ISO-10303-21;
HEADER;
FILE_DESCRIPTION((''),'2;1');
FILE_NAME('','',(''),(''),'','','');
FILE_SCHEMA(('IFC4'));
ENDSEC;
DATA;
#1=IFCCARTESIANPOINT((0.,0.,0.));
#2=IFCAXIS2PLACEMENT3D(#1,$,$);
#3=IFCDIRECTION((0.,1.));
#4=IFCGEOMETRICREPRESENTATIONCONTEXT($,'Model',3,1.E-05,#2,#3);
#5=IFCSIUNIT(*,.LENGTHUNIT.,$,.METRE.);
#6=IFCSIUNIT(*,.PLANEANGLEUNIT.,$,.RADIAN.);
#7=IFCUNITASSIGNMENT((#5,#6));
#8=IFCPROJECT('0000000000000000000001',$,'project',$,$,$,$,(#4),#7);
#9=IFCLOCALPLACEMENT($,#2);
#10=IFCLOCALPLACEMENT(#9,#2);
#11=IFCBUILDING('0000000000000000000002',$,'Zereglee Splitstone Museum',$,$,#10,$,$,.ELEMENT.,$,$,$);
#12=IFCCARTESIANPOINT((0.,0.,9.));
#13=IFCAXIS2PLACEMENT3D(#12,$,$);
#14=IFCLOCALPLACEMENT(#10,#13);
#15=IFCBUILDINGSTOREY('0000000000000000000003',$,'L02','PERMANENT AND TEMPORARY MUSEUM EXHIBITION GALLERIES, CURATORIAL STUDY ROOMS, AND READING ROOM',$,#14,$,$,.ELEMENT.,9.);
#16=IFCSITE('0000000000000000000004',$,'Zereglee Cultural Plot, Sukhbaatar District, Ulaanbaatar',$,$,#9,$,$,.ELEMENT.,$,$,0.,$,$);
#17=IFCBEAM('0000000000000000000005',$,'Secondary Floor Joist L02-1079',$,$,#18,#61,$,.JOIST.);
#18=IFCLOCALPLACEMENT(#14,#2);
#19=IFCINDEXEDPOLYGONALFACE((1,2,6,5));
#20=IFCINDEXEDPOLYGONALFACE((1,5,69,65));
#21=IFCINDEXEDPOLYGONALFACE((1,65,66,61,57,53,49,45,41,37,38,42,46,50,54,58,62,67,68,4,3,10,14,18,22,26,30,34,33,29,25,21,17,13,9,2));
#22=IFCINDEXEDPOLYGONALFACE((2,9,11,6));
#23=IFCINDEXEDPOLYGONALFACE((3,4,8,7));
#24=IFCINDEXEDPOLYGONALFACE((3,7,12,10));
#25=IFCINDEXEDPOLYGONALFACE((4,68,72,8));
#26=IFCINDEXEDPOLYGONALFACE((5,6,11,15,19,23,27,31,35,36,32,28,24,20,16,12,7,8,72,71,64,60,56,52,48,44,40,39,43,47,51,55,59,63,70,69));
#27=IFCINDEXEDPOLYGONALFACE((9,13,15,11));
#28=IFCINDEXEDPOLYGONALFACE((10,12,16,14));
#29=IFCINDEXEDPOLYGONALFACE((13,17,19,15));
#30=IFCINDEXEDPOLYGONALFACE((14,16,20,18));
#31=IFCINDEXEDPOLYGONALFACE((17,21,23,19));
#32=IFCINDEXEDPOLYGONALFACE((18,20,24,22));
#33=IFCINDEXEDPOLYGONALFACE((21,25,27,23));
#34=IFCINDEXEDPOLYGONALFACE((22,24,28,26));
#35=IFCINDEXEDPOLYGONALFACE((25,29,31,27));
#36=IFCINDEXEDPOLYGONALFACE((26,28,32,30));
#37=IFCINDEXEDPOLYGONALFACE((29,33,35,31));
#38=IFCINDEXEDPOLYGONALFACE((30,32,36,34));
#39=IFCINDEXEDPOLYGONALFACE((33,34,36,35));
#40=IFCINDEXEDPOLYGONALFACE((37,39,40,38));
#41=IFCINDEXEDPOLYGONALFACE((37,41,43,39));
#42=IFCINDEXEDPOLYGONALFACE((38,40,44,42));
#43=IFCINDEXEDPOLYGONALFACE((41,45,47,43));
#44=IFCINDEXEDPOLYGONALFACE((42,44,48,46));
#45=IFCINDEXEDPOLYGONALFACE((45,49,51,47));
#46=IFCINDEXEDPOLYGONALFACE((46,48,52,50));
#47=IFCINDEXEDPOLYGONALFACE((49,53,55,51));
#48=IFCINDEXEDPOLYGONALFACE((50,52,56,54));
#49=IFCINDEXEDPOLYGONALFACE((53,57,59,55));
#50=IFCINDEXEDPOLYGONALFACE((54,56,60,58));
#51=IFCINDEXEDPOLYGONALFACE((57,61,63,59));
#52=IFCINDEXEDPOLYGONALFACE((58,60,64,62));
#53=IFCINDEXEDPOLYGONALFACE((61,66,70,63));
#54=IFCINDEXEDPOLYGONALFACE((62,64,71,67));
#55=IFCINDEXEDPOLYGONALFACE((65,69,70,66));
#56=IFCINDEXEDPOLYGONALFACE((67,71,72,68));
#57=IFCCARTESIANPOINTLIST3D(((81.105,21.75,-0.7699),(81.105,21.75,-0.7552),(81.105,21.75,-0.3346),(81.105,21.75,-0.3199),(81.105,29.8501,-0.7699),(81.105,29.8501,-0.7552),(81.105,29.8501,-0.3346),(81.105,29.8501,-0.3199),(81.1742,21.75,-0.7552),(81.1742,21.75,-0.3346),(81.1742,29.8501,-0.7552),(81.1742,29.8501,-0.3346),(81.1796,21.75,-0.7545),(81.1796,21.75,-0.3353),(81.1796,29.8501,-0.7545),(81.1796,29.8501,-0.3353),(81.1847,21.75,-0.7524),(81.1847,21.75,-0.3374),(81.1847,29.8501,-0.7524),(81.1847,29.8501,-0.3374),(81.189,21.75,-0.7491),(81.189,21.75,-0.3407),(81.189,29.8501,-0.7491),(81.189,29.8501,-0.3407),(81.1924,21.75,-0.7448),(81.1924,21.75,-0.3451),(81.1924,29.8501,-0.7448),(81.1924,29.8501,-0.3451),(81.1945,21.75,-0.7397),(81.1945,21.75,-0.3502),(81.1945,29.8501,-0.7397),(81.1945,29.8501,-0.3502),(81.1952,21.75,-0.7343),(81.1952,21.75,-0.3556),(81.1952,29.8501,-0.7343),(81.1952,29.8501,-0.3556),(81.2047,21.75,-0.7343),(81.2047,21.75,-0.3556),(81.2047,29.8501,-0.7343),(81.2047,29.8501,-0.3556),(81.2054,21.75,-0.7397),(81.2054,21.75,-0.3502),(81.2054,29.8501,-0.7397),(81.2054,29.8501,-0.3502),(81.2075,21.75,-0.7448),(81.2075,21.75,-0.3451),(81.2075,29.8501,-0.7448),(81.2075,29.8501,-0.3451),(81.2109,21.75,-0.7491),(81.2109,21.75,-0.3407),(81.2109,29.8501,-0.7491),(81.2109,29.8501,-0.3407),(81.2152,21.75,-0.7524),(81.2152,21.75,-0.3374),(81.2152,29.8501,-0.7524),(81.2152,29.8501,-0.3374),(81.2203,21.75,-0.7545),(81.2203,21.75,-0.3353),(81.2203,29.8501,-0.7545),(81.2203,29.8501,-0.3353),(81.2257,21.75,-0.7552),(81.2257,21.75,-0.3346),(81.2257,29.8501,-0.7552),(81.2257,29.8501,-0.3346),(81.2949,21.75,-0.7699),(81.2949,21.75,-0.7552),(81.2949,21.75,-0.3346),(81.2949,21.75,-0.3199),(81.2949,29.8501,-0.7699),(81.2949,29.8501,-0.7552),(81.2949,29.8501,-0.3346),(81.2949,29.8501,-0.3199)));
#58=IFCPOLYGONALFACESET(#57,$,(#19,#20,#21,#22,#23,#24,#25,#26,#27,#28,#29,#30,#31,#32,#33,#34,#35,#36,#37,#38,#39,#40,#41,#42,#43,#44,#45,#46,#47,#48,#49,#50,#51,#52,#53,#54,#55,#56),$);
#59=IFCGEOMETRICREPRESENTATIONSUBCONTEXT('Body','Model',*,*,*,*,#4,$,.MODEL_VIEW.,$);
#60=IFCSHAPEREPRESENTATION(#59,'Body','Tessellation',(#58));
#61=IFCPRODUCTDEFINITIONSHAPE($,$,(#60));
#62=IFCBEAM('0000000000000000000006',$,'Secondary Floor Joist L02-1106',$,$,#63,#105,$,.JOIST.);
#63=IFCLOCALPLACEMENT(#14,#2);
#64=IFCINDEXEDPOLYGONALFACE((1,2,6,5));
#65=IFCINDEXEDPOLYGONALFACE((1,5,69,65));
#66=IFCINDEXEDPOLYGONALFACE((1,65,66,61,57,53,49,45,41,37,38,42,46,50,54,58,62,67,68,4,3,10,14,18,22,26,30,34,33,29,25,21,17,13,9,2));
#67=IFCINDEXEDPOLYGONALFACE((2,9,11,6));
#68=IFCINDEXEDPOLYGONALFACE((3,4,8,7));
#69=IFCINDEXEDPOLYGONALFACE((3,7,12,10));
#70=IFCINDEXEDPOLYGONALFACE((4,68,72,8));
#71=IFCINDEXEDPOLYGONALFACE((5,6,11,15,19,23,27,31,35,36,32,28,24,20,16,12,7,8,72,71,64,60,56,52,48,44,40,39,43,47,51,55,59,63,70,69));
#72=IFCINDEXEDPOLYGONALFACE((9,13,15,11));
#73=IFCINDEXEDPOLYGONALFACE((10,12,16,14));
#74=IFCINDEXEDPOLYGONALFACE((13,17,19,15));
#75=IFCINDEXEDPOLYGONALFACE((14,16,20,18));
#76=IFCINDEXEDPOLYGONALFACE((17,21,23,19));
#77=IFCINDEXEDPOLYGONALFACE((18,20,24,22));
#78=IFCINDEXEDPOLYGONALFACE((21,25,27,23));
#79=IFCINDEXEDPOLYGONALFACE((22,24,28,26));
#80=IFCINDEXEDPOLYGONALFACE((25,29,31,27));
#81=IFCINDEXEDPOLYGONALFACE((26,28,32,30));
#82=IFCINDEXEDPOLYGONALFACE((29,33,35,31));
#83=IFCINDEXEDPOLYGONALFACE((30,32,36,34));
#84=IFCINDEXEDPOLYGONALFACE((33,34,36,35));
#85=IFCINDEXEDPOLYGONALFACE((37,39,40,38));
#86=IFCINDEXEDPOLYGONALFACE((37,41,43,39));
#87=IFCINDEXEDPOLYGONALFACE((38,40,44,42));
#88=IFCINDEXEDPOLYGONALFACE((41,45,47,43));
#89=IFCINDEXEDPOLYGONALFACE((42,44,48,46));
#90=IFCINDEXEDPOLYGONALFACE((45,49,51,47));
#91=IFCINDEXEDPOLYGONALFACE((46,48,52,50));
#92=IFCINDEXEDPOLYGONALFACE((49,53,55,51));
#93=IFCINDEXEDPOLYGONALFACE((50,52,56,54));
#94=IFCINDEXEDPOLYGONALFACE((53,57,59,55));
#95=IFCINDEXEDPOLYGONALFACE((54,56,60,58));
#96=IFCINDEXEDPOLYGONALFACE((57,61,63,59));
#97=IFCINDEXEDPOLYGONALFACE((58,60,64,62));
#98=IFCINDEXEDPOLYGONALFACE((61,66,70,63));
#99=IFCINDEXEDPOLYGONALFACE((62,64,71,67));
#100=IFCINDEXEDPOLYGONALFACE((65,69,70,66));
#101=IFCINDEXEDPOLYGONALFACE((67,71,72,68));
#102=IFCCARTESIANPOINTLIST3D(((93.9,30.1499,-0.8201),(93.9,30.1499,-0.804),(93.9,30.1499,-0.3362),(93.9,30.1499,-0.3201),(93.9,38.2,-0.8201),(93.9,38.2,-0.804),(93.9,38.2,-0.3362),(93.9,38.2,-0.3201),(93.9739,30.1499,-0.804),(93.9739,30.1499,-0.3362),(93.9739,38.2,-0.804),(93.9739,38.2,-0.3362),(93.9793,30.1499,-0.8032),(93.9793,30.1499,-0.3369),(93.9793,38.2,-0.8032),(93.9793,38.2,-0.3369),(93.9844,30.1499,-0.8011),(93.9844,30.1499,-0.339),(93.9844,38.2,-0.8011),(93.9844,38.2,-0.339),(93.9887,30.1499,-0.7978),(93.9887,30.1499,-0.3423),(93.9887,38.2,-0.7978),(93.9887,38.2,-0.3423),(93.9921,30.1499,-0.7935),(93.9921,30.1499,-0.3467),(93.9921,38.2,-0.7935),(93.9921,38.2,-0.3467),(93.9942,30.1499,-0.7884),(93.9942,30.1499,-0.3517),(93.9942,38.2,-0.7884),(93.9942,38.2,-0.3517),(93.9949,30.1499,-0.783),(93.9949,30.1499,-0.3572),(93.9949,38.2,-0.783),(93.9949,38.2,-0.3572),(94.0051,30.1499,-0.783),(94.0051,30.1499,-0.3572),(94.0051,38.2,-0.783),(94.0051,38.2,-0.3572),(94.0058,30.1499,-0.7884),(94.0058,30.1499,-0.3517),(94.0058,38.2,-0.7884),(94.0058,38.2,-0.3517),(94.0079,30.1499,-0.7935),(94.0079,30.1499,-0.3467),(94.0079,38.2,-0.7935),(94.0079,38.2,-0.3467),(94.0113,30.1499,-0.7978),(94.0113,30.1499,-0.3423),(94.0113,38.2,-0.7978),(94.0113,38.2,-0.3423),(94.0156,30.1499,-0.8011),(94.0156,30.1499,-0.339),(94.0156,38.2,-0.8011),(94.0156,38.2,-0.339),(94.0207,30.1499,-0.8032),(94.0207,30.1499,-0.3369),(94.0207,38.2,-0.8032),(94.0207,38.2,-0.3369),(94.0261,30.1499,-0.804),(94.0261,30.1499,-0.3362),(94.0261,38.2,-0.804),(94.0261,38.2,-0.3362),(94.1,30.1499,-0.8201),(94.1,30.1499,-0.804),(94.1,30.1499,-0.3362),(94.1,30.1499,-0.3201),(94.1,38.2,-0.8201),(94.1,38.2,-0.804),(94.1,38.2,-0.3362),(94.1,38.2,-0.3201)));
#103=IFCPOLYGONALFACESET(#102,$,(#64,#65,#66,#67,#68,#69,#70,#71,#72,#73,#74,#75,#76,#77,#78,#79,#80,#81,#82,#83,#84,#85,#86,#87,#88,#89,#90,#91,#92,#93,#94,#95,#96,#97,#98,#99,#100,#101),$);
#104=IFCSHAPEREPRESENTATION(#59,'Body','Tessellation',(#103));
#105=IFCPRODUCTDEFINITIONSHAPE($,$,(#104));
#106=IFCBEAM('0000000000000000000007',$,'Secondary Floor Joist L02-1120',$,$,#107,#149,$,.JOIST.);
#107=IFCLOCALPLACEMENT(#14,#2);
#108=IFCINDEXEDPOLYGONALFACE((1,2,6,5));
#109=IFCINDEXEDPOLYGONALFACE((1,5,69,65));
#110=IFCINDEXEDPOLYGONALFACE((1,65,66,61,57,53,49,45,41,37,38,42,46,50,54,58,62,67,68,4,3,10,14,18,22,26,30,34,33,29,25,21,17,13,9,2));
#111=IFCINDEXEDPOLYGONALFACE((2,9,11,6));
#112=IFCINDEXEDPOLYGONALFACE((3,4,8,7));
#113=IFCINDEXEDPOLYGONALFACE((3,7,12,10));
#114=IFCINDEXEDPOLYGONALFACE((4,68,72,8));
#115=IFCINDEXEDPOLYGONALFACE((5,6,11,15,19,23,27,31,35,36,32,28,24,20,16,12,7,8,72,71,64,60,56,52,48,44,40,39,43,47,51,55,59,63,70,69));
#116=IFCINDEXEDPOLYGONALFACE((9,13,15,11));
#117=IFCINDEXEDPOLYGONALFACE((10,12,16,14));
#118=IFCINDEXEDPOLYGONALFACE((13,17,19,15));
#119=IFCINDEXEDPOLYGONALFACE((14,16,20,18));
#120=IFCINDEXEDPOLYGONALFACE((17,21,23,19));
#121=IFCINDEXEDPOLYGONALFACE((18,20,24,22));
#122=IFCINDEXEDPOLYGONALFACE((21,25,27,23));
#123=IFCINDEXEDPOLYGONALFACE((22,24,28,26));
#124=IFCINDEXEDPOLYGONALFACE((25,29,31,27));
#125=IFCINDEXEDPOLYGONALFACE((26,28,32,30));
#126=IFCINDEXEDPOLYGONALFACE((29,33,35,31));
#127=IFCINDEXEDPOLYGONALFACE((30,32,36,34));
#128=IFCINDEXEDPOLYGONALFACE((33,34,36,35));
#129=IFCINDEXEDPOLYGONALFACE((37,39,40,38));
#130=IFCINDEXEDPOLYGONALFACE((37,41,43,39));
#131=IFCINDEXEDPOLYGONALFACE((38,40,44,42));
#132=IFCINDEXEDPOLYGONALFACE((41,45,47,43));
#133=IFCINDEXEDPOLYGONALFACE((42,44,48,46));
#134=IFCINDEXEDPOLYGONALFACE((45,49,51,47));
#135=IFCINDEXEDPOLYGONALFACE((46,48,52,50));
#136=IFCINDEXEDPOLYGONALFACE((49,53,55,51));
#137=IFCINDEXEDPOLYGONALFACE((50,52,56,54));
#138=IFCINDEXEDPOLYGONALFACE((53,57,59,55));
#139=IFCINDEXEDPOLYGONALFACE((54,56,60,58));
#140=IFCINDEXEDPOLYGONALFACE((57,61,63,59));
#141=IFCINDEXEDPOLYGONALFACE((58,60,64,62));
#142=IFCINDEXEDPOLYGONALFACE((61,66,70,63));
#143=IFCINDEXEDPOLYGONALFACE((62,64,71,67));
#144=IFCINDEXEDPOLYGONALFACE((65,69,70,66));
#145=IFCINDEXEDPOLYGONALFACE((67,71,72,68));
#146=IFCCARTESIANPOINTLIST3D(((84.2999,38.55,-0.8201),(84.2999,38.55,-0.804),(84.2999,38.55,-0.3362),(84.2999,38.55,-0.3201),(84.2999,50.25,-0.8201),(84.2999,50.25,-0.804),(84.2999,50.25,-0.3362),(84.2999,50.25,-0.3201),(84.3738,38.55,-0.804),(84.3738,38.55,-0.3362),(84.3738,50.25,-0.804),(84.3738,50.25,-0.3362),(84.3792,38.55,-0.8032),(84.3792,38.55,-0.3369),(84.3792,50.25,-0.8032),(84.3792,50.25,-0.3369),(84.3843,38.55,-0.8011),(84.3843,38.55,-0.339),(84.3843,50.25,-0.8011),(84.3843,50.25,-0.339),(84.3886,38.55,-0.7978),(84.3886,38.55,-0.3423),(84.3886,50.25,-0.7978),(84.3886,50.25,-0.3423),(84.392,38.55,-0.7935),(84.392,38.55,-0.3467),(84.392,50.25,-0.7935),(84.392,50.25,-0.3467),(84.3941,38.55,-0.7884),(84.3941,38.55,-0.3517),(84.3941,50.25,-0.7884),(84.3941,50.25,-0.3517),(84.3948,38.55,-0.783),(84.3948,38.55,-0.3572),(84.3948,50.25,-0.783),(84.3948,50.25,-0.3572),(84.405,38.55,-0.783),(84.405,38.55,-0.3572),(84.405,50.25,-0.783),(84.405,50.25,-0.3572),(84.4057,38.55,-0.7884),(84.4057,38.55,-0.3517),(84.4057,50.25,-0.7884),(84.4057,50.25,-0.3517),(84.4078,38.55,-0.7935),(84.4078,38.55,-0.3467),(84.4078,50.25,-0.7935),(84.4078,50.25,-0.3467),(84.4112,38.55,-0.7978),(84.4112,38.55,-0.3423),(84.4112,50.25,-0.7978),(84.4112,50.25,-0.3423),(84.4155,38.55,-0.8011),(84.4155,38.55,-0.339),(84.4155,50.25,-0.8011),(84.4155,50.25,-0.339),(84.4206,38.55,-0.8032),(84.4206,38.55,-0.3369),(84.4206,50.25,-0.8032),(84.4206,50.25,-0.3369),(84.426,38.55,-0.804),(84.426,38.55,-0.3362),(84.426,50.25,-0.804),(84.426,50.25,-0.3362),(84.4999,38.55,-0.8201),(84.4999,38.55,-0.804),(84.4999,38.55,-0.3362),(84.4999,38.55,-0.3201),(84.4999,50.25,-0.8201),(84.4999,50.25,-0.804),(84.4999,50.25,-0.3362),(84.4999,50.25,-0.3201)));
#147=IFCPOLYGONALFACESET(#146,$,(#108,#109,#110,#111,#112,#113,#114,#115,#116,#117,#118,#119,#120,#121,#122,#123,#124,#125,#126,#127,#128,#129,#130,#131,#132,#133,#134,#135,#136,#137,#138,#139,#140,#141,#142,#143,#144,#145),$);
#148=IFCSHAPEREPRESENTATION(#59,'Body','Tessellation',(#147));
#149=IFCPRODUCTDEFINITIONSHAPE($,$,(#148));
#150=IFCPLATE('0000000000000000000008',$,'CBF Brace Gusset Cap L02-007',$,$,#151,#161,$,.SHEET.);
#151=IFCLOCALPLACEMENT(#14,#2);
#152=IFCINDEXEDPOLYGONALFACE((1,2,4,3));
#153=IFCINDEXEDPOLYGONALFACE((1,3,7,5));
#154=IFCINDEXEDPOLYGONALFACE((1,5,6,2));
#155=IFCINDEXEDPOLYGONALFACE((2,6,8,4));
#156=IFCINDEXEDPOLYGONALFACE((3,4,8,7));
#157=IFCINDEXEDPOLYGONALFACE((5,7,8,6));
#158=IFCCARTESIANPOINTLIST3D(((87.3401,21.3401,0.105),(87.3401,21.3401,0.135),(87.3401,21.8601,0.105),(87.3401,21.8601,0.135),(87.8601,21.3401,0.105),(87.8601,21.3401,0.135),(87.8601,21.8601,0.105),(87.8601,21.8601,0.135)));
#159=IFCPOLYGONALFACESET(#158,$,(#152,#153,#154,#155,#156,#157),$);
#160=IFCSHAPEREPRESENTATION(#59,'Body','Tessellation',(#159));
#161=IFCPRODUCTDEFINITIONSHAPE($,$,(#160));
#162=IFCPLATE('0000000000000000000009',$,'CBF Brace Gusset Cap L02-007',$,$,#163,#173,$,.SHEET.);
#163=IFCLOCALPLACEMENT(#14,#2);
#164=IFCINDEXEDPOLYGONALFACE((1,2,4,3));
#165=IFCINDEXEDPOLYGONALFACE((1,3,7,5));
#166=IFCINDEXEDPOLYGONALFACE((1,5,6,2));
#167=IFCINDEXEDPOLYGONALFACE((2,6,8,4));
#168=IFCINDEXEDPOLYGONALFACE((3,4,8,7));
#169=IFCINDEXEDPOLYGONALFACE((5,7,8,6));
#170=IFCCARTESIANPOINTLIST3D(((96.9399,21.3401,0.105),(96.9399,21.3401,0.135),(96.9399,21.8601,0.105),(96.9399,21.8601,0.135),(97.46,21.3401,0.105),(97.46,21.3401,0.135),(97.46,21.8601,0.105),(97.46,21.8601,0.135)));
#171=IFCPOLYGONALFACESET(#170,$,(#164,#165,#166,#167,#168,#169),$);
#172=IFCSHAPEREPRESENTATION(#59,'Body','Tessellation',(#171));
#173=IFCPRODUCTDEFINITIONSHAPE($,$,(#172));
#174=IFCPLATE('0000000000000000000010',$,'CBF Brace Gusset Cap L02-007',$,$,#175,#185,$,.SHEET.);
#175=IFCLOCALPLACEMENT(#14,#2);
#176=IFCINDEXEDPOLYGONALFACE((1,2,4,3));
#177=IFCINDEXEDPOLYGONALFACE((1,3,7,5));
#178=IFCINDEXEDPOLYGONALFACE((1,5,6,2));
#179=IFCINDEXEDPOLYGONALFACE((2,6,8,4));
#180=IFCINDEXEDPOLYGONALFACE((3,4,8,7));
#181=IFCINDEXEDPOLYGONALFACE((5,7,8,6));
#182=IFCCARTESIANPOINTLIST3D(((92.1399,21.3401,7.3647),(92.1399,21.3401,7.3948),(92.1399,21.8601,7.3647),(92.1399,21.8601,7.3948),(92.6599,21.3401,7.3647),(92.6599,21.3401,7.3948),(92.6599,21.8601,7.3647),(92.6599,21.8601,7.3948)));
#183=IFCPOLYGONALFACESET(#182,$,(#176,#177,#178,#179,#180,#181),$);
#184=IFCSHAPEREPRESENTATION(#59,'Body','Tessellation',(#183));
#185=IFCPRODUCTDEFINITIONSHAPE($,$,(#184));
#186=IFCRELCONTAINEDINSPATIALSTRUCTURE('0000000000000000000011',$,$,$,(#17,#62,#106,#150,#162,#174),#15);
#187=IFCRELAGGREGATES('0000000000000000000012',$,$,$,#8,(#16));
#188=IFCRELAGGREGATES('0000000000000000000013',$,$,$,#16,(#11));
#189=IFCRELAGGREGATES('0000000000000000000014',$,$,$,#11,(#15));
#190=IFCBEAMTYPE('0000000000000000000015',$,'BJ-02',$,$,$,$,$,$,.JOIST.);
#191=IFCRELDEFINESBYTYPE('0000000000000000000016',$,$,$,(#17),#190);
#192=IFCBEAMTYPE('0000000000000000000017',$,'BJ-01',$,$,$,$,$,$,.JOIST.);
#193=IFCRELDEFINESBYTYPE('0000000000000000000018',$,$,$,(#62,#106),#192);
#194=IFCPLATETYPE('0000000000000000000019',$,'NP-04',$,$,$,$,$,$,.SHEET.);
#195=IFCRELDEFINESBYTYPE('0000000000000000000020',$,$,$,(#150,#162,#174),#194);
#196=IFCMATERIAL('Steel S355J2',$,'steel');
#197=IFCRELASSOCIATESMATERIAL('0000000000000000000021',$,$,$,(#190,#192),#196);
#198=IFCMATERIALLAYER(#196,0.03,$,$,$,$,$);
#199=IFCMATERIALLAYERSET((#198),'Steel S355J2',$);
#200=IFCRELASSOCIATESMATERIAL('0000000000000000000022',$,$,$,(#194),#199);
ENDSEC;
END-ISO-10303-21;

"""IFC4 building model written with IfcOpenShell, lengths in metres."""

from ifc_helpers import new_model, si_unit, direction, frame, origin, origin_2d, place, context, subcontext, project, spatial, rectangle, i_section, extrude, material, layer, layer_set, material_profile, profile_set, type_object, element, save


model = new_model("IFC4")

# Units and contexts
model_context = context("Model", 3, precision=1e-05, world=origin(), true_north=direction((0.0, 1.0)))
body_context = subcontext(model_context, "Body", "Model", "MODEL_VIEW")
ifc_project = project(units=[si_unit("LENGTHUNIT", "METRE"), si_unit("PLANEANGLEUNIT", "RADIAN")], contexts=[model_context])

# Site, building, storey
site_placement = place(None, origin())
site = spatial("IfcSite", under=ifc_project, at=site_placement, Name="Zereglee Cultural Plot, Sukhbaatar District, Ulaanbaatar", CompositionType="ELEMENT", RefElevation=0.0)
building_placement = place(site_placement, origin())
building = spatial("IfcBuilding", under=site, at=building_placement, Name="Zereglee Splitstone Museum", CompositionType="ELEMENT")
storey_placement = place(building_placement, frame((0.0, 0.0, 9.0)))
storey = spatial("IfcBuildingStorey", under=building, at=storey_placement, Name="L02", Description="PERMANENT AND TEMPORARY MUSEUM EXHIBITION GALLERIES, CURATORIAL STUDY ROOMS, AND READING ROOM", CompositionType="ELEMENT", Elevation=9.0)

# Shared definitions
ifc_material_1 = material(Name="Steel S355J2", Category="steel")

# Beams
ifc_material_profile_1 = material_profile(ifc_material_1, i_section(OverallWidth=0.1899, OverallDepth=0.45, WebThickness=0.0095, FlangeThickness=0.0146, FilletRadius=0.021, at=origin_2d()), Name="IPE 450")
ifc_profile_set_1 = profile_set([ifc_material_profile_1], Name="Steel S355J2")
beam_type_1 = type_object("IfcBeamType", Name="BJ-02", PredefinedType="JOIST", material=ifc_profile_set_1)
beam_1_placement = place(storey_placement, frame((81.2, 21.75, -0.5449), z_axis=(0.0, 1.0, 0.0), x_axis=(-1.0, 0.0, 0.0)))
element("IfcBeam", 1, at=beam_1_placement, inside=storey, type_object=beam_type_1, Name="Secondary Floor Joist L02-1079", PredefinedType="JOIST", context=body_context, shape_type="SweptSolid", body=[
    extrude(i_section(OverallWidth=0.1899, OverallDepth=0.45, WebThickness=0.0095, FlangeThickness=0.0146, FilletRadius=0.021, at=origin_2d()), origin(), (0.0, 0.0, 1.0), 8.1001),
])
ifc_material_profile_2 = material_profile(ifc_material_1, i_section(OverallWidth=0.2, OverallDepth=0.5, WebThickness=0.0103, FlangeThickness=0.0161, FilletRadius=0.021, at=origin_2d()), Name="IPE 500")
ifc_profile_set_2 = profile_set([ifc_material_profile_2], Name="Steel S355J2")
beam_type_2 = type_object("IfcBeamType", Name="BJ-01", PredefinedType="JOIST", material=ifc_profile_set_2)
beam_2_placement = place(storey_placement, frame((94.0, 30.1499, -0.5701), z_axis=(0.0, 1.0, 0.0), x_axis=(-1.0, 0.0, 0.0)))
element("IfcBeam", 2, at=beam_2_placement, inside=storey, type_object=beam_type_2, Name="Secondary Floor Joist L02-1106", PredefinedType="JOIST", context=body_context, shape_type="SweptSolid", body=[
    extrude(i_section(OverallWidth=0.2, OverallDepth=0.5, WebThickness=0.0103, FlangeThickness=0.0161, FilletRadius=0.021, at=origin_2d()), origin(), (0.0, 0.0, 1.0), 8.05),
])
beam_3_placement = place(storey_placement, frame((84.3999, 38.55, -0.5701), z_axis=(0.0, 1.0, 0.0), x_axis=(-1.0, 0.0, 0.0)))
element("IfcBeam", 3, at=beam_3_placement, inside=storey, type_object=beam_type_2, Name="Secondary Floor Joist L02-1120", PredefinedType="JOIST", context=body_context, shape_type="SweptSolid", body=[
    extrude(i_section(OverallWidth=0.2, OverallDepth=0.5, WebThickness=0.0103, FlangeThickness=0.0161, FilletRadius=0.021, at=origin_2d()), origin(), (0.0, 0.0, 1.0), 11.7),
])

# Plates
ifc_layer = layer(ifc_material_1, 0.03)
ifc_layer_set = layer_set([ifc_layer], Name="Steel S355J2")
plate_type = type_object("IfcPlateType", Name="NP-04", PredefinedType="SHEET", material=ifc_layer_set)
for number, where, z_axis, x_axis, name in (
    (4, (87.6001, 21.6001, 0.105), (0.0, 0.0, 1.0), (1.0, 0.0, 0.0), "CBF Brace Gusset Cap L02-007"),
    (5, (97.2, 21.6001, 0.105), (0.0, 0.0, 1.0), (1.0, 0.0, 0.0), "CBF Brace Gusset Cap L02-007"),
    (6, (92.3999, 21.6001, 7.3647), (0.0, 0.0, 1.0), (1.0, 0.0, 0.0), "CBF Brace Gusset Cap L02-007"),
):
    element("IfcPlate", number, at=place(storey_placement, frame(where, z_axis=z_axis, x_axis=x_axis)), inside=storey, type_object=plate_type, Name=name, PredefinedType="SHEET", context=body_context, shape_type="SweptSolid", body=[
        extrude(rectangle(XDim=0.52, YDim=0.52, at=origin_2d()), origin(), (0.0, 0.0, 1.0), 0.03),
    ])

save(model, "model.ifc")
